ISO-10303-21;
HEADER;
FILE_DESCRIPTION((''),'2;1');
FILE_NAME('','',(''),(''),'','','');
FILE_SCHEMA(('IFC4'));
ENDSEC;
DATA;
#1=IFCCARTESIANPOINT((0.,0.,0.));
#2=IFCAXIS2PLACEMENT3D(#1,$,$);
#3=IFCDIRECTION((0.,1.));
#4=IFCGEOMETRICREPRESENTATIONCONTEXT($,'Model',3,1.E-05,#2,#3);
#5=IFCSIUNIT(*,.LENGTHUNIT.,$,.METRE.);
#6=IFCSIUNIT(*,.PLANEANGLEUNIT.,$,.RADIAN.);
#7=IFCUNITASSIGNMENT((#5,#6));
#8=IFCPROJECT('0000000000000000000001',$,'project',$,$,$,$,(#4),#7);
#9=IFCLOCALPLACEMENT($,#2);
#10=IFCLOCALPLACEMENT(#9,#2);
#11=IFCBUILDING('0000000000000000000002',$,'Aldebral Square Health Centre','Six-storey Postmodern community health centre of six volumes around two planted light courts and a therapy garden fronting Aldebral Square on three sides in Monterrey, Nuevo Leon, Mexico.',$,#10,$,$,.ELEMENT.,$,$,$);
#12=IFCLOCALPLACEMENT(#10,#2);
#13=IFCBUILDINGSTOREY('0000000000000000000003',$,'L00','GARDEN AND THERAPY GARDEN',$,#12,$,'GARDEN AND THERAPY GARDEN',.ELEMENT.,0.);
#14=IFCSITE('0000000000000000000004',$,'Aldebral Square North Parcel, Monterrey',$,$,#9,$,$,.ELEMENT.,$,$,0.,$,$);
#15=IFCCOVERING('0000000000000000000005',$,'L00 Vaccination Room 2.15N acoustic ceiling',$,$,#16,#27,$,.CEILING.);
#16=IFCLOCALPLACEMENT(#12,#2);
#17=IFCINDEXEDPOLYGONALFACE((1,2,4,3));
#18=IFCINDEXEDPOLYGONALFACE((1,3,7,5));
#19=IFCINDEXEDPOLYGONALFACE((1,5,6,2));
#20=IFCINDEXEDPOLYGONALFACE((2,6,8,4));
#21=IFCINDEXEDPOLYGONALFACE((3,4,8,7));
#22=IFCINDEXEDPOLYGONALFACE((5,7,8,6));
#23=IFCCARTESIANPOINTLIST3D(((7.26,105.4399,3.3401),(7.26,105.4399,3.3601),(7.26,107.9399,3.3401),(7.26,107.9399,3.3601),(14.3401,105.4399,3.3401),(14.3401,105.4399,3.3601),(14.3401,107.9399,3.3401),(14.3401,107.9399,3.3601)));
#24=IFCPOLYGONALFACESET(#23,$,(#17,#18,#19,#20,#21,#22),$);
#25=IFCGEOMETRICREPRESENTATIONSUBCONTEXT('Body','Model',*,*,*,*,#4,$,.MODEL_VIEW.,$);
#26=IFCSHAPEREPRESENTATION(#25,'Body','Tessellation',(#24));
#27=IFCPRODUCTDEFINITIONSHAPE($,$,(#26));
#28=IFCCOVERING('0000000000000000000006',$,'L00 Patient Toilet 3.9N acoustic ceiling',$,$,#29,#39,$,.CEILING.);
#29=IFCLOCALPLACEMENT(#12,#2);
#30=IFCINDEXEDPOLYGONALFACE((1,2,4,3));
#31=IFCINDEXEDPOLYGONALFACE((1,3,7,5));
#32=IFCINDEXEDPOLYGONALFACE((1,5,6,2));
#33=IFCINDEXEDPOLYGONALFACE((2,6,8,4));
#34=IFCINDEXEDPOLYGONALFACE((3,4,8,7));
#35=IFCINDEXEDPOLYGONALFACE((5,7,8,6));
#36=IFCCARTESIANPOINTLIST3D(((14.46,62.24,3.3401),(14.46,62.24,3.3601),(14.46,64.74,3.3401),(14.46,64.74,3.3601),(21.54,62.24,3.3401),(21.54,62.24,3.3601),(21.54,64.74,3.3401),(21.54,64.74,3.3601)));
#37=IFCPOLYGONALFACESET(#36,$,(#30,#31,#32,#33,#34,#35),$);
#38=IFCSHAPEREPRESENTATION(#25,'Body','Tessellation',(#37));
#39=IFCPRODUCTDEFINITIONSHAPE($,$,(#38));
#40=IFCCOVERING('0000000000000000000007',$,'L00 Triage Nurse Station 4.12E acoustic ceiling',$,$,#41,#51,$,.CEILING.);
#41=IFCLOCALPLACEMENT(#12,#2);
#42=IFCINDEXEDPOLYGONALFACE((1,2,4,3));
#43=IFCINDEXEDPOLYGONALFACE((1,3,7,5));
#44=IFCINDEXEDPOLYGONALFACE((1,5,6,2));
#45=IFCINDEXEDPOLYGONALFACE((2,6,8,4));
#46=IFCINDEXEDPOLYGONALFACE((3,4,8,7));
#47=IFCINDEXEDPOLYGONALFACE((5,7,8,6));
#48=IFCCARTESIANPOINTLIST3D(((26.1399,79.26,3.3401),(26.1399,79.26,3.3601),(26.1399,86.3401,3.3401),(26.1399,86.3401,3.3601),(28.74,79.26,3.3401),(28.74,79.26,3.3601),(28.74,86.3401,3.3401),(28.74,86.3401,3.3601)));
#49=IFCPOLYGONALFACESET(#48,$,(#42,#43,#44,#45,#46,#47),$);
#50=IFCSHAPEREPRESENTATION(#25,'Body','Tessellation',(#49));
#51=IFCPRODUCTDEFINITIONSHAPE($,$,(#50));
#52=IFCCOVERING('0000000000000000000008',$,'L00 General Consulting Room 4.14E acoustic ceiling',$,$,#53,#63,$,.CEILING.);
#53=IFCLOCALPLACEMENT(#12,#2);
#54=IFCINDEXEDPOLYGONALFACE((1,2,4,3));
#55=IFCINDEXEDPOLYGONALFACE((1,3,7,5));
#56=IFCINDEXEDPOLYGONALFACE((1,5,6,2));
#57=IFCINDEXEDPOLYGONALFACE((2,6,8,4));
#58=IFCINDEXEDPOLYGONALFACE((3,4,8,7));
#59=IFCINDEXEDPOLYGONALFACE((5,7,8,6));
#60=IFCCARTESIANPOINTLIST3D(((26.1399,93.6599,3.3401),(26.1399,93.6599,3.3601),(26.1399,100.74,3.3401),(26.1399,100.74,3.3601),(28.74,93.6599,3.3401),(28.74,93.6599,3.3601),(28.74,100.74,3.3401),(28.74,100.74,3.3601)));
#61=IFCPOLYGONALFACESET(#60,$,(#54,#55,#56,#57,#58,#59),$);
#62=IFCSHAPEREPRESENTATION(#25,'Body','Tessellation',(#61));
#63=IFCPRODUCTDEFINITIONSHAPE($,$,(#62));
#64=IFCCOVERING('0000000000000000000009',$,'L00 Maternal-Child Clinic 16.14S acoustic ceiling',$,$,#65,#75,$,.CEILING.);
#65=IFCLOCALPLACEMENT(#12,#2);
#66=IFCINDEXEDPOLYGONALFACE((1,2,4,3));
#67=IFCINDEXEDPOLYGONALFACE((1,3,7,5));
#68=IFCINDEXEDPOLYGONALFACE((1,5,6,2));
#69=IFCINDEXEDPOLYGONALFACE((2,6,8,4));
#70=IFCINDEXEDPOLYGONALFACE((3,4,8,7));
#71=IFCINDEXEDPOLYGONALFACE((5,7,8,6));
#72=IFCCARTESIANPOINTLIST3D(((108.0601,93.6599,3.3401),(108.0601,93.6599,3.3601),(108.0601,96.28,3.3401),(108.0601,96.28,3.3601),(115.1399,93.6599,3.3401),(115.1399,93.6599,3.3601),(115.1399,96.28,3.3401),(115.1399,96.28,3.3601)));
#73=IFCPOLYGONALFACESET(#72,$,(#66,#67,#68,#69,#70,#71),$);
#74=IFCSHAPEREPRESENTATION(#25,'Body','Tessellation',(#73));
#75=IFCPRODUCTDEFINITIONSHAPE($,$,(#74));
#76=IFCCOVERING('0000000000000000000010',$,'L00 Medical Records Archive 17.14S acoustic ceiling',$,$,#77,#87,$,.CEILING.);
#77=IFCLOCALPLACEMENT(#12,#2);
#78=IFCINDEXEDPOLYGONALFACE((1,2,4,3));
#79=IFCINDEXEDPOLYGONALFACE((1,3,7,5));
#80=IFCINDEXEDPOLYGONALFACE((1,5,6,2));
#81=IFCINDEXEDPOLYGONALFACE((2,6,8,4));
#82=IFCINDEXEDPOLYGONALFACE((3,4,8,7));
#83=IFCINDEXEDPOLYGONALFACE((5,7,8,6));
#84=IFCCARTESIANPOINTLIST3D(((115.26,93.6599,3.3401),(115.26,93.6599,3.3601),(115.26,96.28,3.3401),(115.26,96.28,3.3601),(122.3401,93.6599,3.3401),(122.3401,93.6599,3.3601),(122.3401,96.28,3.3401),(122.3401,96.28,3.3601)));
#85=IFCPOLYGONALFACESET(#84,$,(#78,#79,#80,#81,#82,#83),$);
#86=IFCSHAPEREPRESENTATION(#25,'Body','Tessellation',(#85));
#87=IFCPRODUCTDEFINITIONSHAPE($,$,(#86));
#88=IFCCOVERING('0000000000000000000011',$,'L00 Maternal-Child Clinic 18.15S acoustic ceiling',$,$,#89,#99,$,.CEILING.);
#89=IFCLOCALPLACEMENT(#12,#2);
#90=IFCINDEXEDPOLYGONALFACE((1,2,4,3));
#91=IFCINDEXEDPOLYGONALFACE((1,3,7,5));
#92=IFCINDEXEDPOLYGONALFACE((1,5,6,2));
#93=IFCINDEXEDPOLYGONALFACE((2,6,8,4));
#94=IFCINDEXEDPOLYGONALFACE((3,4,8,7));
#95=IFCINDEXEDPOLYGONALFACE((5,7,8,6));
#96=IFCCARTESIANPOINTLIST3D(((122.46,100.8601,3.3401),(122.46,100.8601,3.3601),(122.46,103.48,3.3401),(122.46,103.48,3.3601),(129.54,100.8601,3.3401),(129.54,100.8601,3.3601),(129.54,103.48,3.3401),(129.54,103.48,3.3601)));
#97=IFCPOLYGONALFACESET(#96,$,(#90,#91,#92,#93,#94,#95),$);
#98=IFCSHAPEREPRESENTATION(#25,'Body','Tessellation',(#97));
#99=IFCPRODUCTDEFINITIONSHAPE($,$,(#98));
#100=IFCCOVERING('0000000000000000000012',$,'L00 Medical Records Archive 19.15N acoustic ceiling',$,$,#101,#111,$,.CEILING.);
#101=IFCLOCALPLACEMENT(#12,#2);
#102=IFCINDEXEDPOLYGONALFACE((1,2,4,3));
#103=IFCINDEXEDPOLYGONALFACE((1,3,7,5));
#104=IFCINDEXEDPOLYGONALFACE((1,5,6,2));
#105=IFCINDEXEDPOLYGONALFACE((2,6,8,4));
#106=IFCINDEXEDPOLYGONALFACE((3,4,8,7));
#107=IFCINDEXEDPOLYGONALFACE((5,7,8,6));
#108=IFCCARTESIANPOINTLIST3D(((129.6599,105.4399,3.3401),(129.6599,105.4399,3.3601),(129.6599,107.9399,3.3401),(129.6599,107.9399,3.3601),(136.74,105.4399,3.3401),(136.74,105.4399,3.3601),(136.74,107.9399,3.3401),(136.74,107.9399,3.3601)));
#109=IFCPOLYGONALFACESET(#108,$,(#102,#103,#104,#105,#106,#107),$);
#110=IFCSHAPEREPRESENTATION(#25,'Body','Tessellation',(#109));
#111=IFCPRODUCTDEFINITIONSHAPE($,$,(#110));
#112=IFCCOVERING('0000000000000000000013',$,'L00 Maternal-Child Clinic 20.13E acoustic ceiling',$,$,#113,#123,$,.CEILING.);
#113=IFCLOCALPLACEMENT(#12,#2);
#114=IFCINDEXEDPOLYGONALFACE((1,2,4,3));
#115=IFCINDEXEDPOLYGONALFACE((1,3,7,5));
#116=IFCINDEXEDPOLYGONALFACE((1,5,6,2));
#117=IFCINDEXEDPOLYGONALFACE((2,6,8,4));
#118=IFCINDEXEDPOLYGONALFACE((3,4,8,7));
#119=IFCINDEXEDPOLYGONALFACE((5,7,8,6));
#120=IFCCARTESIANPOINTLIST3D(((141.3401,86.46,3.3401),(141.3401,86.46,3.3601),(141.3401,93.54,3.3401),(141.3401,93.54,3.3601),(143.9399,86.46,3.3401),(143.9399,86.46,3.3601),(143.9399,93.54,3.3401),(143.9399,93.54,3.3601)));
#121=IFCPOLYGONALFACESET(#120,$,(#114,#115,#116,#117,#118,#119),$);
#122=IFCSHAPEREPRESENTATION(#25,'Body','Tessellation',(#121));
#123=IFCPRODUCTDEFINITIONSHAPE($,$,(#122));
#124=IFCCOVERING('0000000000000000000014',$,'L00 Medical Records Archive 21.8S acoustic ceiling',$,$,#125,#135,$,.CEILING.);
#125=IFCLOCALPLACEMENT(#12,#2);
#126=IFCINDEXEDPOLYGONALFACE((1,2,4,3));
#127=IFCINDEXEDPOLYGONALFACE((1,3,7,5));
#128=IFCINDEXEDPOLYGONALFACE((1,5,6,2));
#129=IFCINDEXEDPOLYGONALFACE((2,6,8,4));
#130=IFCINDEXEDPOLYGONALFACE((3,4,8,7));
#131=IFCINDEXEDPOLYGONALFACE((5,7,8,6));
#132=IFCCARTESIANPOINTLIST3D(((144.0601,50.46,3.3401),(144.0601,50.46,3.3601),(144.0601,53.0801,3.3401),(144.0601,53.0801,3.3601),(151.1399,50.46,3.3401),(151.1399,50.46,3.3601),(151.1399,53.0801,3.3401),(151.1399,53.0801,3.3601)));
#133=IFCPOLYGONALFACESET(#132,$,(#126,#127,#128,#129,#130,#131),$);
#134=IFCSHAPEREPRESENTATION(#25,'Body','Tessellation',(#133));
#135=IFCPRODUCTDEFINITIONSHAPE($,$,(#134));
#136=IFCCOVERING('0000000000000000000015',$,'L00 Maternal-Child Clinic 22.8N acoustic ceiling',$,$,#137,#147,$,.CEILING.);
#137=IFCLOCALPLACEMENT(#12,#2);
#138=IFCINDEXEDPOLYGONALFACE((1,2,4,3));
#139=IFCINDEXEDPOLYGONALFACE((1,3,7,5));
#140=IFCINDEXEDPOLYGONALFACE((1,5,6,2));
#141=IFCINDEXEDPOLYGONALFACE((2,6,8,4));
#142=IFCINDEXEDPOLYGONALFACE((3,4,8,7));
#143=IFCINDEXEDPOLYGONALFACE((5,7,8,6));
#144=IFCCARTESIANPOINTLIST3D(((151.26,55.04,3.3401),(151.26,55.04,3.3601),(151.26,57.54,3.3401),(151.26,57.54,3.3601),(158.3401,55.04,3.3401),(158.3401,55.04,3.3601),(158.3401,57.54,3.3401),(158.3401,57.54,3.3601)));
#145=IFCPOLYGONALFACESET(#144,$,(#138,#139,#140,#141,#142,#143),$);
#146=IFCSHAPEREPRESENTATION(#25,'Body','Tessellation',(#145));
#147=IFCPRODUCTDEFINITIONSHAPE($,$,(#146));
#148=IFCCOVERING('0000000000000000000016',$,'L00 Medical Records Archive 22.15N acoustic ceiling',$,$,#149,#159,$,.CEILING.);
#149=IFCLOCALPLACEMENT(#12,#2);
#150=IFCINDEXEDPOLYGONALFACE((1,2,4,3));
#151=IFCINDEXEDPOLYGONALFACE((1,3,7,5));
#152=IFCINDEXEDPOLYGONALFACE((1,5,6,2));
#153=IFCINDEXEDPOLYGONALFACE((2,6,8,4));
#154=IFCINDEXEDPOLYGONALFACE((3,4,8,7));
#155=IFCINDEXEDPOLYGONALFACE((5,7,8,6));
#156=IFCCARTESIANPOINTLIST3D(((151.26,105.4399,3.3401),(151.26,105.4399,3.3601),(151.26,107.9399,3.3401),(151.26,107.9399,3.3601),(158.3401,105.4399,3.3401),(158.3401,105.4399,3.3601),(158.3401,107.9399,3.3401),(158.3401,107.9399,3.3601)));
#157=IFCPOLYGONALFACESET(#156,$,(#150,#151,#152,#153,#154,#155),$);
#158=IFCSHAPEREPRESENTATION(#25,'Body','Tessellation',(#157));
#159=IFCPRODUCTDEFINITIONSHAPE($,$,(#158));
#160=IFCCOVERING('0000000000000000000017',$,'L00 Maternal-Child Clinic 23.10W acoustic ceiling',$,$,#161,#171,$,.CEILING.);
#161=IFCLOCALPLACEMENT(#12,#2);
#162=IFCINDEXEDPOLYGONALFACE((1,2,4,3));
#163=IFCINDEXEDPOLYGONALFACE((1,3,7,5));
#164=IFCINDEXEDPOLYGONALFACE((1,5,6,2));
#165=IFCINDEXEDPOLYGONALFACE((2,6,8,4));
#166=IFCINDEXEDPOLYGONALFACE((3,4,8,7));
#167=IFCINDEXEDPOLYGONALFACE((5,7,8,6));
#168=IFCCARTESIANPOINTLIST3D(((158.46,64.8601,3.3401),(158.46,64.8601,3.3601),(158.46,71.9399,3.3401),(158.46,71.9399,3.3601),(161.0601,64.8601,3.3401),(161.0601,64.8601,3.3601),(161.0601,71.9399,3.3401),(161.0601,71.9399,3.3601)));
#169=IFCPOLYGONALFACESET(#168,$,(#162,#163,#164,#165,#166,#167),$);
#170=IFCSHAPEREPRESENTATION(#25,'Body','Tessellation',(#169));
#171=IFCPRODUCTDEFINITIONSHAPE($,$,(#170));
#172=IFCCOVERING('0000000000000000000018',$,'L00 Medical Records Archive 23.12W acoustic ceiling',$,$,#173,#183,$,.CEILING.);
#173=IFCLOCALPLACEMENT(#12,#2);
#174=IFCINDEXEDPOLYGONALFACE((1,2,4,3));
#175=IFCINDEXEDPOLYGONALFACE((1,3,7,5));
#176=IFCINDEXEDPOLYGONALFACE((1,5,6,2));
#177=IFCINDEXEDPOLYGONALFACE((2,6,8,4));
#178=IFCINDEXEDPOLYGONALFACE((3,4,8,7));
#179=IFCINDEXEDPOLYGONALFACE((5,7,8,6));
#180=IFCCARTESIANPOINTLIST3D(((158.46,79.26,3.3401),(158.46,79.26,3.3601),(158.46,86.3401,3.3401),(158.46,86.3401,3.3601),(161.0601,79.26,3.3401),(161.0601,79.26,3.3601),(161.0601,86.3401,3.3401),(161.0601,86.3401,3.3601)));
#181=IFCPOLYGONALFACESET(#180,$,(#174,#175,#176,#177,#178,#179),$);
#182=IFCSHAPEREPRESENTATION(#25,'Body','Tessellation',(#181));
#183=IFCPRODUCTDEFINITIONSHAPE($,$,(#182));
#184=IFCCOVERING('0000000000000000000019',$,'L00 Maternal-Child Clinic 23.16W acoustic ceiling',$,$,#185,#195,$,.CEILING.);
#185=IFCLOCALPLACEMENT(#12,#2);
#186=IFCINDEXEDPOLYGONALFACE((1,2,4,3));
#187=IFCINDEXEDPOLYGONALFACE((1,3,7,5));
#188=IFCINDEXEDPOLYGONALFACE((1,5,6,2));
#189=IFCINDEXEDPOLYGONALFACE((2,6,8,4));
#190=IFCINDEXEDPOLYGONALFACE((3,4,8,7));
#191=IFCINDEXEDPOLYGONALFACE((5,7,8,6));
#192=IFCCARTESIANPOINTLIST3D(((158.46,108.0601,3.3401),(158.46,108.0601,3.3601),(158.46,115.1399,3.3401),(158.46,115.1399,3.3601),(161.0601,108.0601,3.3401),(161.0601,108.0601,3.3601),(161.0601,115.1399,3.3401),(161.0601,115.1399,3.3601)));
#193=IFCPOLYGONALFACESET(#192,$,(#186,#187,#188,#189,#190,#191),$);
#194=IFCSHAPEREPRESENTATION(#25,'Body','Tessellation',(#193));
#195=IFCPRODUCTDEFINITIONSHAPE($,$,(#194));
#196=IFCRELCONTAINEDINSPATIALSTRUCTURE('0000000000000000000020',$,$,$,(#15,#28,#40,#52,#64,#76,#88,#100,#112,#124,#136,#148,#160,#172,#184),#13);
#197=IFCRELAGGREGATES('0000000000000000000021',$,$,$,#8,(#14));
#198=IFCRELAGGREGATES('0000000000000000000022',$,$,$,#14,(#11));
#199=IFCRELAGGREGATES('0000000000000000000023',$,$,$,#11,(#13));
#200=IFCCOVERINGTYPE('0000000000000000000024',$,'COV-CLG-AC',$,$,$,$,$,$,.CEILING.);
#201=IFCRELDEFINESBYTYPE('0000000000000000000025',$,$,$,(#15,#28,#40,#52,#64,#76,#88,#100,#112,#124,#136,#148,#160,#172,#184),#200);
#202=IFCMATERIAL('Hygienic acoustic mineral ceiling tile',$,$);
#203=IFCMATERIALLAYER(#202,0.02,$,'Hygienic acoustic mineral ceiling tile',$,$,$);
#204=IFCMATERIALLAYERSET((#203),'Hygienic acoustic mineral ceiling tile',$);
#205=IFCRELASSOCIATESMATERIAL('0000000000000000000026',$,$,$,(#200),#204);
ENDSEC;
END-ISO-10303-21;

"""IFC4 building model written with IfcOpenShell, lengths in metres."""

from ifc_helpers import new_model, si_unit, direction, frame, origin, place, context, subcontext, project, spatial, polyline, outline, extrude, material, layer, layer_set, type_object, element, save


model = new_model("IFC4")

# Units and contexts
model_context = context("Model", 3, precision=1e-05, world=origin(), true_north=direction((0.0, 1.0)))
body_context = subcontext(model_context, "Body", "Model", "MODEL_VIEW")
ifc_project = project(units=[si_unit("LENGTHUNIT", "METRE"), si_unit("PLANEANGLEUNIT", "RADIAN")], contexts=[model_context])

# Site, building, storey
site_placement = place(None, origin())
site = spatial("IfcSite", under=ifc_project, at=site_placement, Name="Aldebral Square North Parcel, Monterrey", CompositionType="ELEMENT", RefElevation=0.0)
building_placement = place(site_placement, origin())
building = spatial("IfcBuilding", under=site, at=building_placement, Name="Aldebral Square Health Centre", Description="Six-storey Postmodern community health centre of six volumes around two planted light courts and a therapy garden fronting Aldebral Square on three sides in Monterrey, Nuevo Leon, Mexico.", CompositionType="ELEMENT")
storey_placement = place(building_placement, origin())
storey = spatial("IfcBuildingStorey", under=building, at=storey_placement, Name="L00", Description="GARDEN AND THERAPY GARDEN", LongName="GARDEN AND THERAPY GARDEN", CompositionType="ELEMENT", Elevation=0.0)

# Coverings
ifc_material = material(Name="Hygienic acoustic mineral ceiling tile")
ifc_layer = layer(ifc_material, 0.02, Name="Hygienic acoustic mineral ceiling tile")
ifc_layer_set = layer_set([ifc_layer], Name="Hygienic acoustic mineral ceiling tile")
covering_type = type_object("IfcCoveringType", Name="COV-CLG-AC", PredefinedType="CEILING", material=ifc_layer_set)
covering_1_placement = place(storey_placement, frame((0.0, 0.0, 3.3401)))
element("IfcCovering", 1, at=covering_1_placement, inside=storey, type_object=covering_type, Name="L00 Vaccination Room 2.15N acoustic ceiling", PredefinedType="CEILING", context=body_context, shape_type="SweptSolid", body=[
    extrude(outline(polyline([(7.26, 105.4399), (14.3401, 105.4399), (14.3401, 107.9399), (7.26, 107.9399), (7.26, 105.4399)])), origin(), (0.0, 0.0, 1.0), 0.02),
])
covering_2_placement = place(storey_placement, frame((0.0, 0.0, 3.3401)))
element("IfcCovering", 2, at=covering_2_placement, inside=storey, type_object=covering_type, Name="L00 Patient Toilet 3.9N acoustic ceiling", PredefinedType="CEILING", context=body_context, shape_type="SweptSolid", body=[
    extrude(outline(polyline([(14.46, 62.24), (21.54, 62.24), (21.54, 64.74), (14.46, 64.74), (14.46, 62.24)])), origin(), (0.0, 0.0, 1.0), 0.02),
])
covering_3_placement = place(storey_placement, frame((0.0, 0.0, 3.3401)))
element("IfcCovering", 3, at=covering_3_placement, inside=storey, type_object=covering_type, Name="L00 Triage Nurse Station 4.12E acoustic ceiling", PredefinedType="CEILING", context=body_context, shape_type="SweptSolid", body=[
    extrude(outline(polyline([(26.1399, 79.26), (28.74, 79.26), (28.74, 86.3401), (26.1399, 86.3401), (26.1399, 79.26)])), origin(), (0.0, 0.0, 1.0), 0.02),
])
covering_4_placement = place(storey_placement, frame((0.0, 0.0, 3.3401)))
element("IfcCovering", 4, at=covering_4_placement, inside=storey, type_object=covering_type, Name="L00 General Consulting Room 4.14E acoustic ceiling", PredefinedType="CEILING", context=body_context, shape_type="SweptSolid", body=[
    extrude(outline(polyline([(26.1399, 93.6599), (28.74, 93.6599), (28.74, 100.74), (26.1399, 100.74), (26.1399, 93.6599)])), origin(), (0.0, 0.0, 1.0), 0.02),
])
covering_5_placement = place(storey_placement, frame((0.0, 0.0, 3.3401)))
element("IfcCovering", 5, at=covering_5_placement, inside=storey, type_object=covering_type, Name="L00 Maternal-Child Clinic 16.14S acoustic ceiling", PredefinedType="CEILING", context=body_context, shape_type="SweptSolid", body=[
    extrude(outline(polyline([(108.0601, 93.6599), (115.1399, 93.6599), (115.1399, 96.28), (108.0601, 96.28), (108.0601, 93.6599)])), origin(), (0.0, 0.0, 1.0), 0.02),
])
covering_6_placement = place(storey_placement, frame((0.0, 0.0, 3.3401)))
element("IfcCovering", 6, at=covering_6_placement, inside=storey, type_object=covering_type, Name="L00 Medical Records Archive 17.14S acoustic ceiling", PredefinedType="CEILING", context=body_context, shape_type="SweptSolid", body=[
    extrude(outline(polyline([(115.26, 93.6599), (122.3401, 93.6599), (122.3401, 96.28), (115.26, 96.28), (115.26, 93.6599)])), origin(), (0.0, 0.0, 1.0), 0.02),
])
covering_7_placement = place(storey_placement, frame((0.0, 0.0, 3.3401)))
element("IfcCovering", 7, at=covering_7_placement, inside=storey, type_object=covering_type, Name="L00 Maternal-Child Clinic 18.15S acoustic ceiling", PredefinedType="CEILING", context=body_context, shape_type="SweptSolid", body=[
    extrude(outline(polyline([(122.46, 100.8601), (129.54, 100.8601), (129.54, 103.48), (122.46, 103.48), (122.46, 100.8601)])), origin(), (0.0, 0.0, 1.0), 0.02),
])
covering_8_placement = place(storey_placement, frame((0.0, 0.0, 3.3401)))
element("IfcCovering", 8, at=covering_8_placement, inside=storey, type_object=covering_type, Name="L00 Medical Records Archive 19.15N acoustic ceiling", PredefinedType="CEILING", context=body_context, shape_type="SweptSolid", body=[
    extrude(outline(polyline([(129.6599, 105.4399), (136.74, 105.4399), (136.74, 107.9399), (129.6599, 107.9399), (129.6599, 105.4399)])), origin(), (0.0, 0.0, 1.0), 0.02),
])
covering_9_placement = place(storey_placement, frame((0.0, 0.0, 3.3401)))
element("IfcCovering", 9, at=covering_9_placement, inside=storey, type_object=covering_type, Name="L00 Maternal-Child Clinic 20.13E acoustic ceiling", PredefinedType="CEILING", context=body_context, shape_type="SweptSolid", body=[
    extrude(outline(polyline([(141.3401, 86.46), (143.9399, 86.46), (143.9399, 93.54), (141.3401, 93.54), (141.3401, 86.46)])), origin(), (0.0, 0.0, 1.0), 0.02),
])
covering_10_placement = place(storey_placement, frame((0.0, 0.0, 3.3401)))
element("IfcCovering", 10, at=covering_10_placement, inside=storey, type_object=covering_type, Name="L00 Medical Records Archive 21.8S acoustic ceiling", PredefinedType="CEILING", context=body_context, shape_type="SweptSolid", body=[
    extrude(outline(polyline([(144.0601, 50.46), (151.1399, 50.46), (151.1399, 53.0801), (144.0601, 53.0801), (144.0601, 50.46)])), origin(), (0.0, 0.0, 1.0), 0.02),
])
covering_11_placement = place(storey_placement, frame((0.0, 0.0, 3.3401)))
element("IfcCovering", 11, at=covering_11_placement, inside=storey, type_object=covering_type, Name="L00 Maternal-Child Clinic 22.8N acoustic ceiling", PredefinedType="CEILING", context=body_context, shape_type="SweptSolid", body=[
    extrude(outline(polyline([(151.26, 55.04), (158.3401, 55.04), (158.3401, 57.54), (151.26, 57.54), (151.26, 55.04)])), origin(), (0.0, 0.0, 1.0), 0.02),
])
covering_12_placement = place(storey_placement, frame((0.0, 0.0, 3.3401)))
element("IfcCovering", 12, at=covering_12_placement, inside=storey, type_object=covering_type, Name="L00 Medical Records Archive 22.15N acoustic ceiling", PredefinedType="CEILING", context=body_context, shape_type="SweptSolid", body=[
    extrude(outline(polyline([(151.26, 105.4399), (158.3401, 105.4399), (158.3401, 107.9399), (151.26, 107.9399), (151.26, 105.4399)])), origin(), (0.0, 0.0, 1.0), 0.02),
])
covering_13_placement = place(storey_placement, frame((0.0, 0.0, 3.3401)))
element("IfcCovering", 13, at=covering_13_placement, inside=storey, type_object=covering_type, Name="L00 Maternal-Child Clinic 23.10W acoustic ceiling", PredefinedType="CEILING", context=body_context, shape_type="SweptSolid", body=[
    extrude(outline(polyline([(158.46, 64.8601), (161.0601, 64.8601), (161.0601, 71.9399), (158.46, 71.9399), (158.46, 64.8601)])), origin(), (0.0, 0.0, 1.0), 0.02),
])
covering_14_placement = place(storey_placement, frame((0.0, 0.0, 3.3401)))
element("IfcCovering", 14, at=covering_14_placement, inside=storey, type_object=covering_type, Name="L00 Medical Records Archive 23.12W acoustic ceiling", PredefinedType="CEILING", context=body_context, shape_type="SweptSolid", body=[
    extrude(outline(polyline([(158.46, 79.26), (161.0601, 79.26), (161.0601, 86.3401), (158.46, 86.3401), (158.46, 79.26)])), origin(), (0.0, 0.0, 1.0), 0.02),
])
covering_15_placement = place(storey_placement, frame((0.0, 0.0, 3.3401)))
element("IfcCovering", 15, at=covering_15_placement, inside=storey, type_object=covering_type, Name="L00 Maternal-Child Clinic 23.16W acoustic ceiling", PredefinedType="CEILING", context=body_context, shape_type="SweptSolid", body=[
    extrude(outline(polyline([(158.46, 108.0601), (161.0601, 108.0601), (161.0601, 115.1399), (158.46, 115.1399), (158.46, 108.0601)])), origin(), (0.0, 0.0, 1.0), 0.02),
])

save(model, "model.ifc")
